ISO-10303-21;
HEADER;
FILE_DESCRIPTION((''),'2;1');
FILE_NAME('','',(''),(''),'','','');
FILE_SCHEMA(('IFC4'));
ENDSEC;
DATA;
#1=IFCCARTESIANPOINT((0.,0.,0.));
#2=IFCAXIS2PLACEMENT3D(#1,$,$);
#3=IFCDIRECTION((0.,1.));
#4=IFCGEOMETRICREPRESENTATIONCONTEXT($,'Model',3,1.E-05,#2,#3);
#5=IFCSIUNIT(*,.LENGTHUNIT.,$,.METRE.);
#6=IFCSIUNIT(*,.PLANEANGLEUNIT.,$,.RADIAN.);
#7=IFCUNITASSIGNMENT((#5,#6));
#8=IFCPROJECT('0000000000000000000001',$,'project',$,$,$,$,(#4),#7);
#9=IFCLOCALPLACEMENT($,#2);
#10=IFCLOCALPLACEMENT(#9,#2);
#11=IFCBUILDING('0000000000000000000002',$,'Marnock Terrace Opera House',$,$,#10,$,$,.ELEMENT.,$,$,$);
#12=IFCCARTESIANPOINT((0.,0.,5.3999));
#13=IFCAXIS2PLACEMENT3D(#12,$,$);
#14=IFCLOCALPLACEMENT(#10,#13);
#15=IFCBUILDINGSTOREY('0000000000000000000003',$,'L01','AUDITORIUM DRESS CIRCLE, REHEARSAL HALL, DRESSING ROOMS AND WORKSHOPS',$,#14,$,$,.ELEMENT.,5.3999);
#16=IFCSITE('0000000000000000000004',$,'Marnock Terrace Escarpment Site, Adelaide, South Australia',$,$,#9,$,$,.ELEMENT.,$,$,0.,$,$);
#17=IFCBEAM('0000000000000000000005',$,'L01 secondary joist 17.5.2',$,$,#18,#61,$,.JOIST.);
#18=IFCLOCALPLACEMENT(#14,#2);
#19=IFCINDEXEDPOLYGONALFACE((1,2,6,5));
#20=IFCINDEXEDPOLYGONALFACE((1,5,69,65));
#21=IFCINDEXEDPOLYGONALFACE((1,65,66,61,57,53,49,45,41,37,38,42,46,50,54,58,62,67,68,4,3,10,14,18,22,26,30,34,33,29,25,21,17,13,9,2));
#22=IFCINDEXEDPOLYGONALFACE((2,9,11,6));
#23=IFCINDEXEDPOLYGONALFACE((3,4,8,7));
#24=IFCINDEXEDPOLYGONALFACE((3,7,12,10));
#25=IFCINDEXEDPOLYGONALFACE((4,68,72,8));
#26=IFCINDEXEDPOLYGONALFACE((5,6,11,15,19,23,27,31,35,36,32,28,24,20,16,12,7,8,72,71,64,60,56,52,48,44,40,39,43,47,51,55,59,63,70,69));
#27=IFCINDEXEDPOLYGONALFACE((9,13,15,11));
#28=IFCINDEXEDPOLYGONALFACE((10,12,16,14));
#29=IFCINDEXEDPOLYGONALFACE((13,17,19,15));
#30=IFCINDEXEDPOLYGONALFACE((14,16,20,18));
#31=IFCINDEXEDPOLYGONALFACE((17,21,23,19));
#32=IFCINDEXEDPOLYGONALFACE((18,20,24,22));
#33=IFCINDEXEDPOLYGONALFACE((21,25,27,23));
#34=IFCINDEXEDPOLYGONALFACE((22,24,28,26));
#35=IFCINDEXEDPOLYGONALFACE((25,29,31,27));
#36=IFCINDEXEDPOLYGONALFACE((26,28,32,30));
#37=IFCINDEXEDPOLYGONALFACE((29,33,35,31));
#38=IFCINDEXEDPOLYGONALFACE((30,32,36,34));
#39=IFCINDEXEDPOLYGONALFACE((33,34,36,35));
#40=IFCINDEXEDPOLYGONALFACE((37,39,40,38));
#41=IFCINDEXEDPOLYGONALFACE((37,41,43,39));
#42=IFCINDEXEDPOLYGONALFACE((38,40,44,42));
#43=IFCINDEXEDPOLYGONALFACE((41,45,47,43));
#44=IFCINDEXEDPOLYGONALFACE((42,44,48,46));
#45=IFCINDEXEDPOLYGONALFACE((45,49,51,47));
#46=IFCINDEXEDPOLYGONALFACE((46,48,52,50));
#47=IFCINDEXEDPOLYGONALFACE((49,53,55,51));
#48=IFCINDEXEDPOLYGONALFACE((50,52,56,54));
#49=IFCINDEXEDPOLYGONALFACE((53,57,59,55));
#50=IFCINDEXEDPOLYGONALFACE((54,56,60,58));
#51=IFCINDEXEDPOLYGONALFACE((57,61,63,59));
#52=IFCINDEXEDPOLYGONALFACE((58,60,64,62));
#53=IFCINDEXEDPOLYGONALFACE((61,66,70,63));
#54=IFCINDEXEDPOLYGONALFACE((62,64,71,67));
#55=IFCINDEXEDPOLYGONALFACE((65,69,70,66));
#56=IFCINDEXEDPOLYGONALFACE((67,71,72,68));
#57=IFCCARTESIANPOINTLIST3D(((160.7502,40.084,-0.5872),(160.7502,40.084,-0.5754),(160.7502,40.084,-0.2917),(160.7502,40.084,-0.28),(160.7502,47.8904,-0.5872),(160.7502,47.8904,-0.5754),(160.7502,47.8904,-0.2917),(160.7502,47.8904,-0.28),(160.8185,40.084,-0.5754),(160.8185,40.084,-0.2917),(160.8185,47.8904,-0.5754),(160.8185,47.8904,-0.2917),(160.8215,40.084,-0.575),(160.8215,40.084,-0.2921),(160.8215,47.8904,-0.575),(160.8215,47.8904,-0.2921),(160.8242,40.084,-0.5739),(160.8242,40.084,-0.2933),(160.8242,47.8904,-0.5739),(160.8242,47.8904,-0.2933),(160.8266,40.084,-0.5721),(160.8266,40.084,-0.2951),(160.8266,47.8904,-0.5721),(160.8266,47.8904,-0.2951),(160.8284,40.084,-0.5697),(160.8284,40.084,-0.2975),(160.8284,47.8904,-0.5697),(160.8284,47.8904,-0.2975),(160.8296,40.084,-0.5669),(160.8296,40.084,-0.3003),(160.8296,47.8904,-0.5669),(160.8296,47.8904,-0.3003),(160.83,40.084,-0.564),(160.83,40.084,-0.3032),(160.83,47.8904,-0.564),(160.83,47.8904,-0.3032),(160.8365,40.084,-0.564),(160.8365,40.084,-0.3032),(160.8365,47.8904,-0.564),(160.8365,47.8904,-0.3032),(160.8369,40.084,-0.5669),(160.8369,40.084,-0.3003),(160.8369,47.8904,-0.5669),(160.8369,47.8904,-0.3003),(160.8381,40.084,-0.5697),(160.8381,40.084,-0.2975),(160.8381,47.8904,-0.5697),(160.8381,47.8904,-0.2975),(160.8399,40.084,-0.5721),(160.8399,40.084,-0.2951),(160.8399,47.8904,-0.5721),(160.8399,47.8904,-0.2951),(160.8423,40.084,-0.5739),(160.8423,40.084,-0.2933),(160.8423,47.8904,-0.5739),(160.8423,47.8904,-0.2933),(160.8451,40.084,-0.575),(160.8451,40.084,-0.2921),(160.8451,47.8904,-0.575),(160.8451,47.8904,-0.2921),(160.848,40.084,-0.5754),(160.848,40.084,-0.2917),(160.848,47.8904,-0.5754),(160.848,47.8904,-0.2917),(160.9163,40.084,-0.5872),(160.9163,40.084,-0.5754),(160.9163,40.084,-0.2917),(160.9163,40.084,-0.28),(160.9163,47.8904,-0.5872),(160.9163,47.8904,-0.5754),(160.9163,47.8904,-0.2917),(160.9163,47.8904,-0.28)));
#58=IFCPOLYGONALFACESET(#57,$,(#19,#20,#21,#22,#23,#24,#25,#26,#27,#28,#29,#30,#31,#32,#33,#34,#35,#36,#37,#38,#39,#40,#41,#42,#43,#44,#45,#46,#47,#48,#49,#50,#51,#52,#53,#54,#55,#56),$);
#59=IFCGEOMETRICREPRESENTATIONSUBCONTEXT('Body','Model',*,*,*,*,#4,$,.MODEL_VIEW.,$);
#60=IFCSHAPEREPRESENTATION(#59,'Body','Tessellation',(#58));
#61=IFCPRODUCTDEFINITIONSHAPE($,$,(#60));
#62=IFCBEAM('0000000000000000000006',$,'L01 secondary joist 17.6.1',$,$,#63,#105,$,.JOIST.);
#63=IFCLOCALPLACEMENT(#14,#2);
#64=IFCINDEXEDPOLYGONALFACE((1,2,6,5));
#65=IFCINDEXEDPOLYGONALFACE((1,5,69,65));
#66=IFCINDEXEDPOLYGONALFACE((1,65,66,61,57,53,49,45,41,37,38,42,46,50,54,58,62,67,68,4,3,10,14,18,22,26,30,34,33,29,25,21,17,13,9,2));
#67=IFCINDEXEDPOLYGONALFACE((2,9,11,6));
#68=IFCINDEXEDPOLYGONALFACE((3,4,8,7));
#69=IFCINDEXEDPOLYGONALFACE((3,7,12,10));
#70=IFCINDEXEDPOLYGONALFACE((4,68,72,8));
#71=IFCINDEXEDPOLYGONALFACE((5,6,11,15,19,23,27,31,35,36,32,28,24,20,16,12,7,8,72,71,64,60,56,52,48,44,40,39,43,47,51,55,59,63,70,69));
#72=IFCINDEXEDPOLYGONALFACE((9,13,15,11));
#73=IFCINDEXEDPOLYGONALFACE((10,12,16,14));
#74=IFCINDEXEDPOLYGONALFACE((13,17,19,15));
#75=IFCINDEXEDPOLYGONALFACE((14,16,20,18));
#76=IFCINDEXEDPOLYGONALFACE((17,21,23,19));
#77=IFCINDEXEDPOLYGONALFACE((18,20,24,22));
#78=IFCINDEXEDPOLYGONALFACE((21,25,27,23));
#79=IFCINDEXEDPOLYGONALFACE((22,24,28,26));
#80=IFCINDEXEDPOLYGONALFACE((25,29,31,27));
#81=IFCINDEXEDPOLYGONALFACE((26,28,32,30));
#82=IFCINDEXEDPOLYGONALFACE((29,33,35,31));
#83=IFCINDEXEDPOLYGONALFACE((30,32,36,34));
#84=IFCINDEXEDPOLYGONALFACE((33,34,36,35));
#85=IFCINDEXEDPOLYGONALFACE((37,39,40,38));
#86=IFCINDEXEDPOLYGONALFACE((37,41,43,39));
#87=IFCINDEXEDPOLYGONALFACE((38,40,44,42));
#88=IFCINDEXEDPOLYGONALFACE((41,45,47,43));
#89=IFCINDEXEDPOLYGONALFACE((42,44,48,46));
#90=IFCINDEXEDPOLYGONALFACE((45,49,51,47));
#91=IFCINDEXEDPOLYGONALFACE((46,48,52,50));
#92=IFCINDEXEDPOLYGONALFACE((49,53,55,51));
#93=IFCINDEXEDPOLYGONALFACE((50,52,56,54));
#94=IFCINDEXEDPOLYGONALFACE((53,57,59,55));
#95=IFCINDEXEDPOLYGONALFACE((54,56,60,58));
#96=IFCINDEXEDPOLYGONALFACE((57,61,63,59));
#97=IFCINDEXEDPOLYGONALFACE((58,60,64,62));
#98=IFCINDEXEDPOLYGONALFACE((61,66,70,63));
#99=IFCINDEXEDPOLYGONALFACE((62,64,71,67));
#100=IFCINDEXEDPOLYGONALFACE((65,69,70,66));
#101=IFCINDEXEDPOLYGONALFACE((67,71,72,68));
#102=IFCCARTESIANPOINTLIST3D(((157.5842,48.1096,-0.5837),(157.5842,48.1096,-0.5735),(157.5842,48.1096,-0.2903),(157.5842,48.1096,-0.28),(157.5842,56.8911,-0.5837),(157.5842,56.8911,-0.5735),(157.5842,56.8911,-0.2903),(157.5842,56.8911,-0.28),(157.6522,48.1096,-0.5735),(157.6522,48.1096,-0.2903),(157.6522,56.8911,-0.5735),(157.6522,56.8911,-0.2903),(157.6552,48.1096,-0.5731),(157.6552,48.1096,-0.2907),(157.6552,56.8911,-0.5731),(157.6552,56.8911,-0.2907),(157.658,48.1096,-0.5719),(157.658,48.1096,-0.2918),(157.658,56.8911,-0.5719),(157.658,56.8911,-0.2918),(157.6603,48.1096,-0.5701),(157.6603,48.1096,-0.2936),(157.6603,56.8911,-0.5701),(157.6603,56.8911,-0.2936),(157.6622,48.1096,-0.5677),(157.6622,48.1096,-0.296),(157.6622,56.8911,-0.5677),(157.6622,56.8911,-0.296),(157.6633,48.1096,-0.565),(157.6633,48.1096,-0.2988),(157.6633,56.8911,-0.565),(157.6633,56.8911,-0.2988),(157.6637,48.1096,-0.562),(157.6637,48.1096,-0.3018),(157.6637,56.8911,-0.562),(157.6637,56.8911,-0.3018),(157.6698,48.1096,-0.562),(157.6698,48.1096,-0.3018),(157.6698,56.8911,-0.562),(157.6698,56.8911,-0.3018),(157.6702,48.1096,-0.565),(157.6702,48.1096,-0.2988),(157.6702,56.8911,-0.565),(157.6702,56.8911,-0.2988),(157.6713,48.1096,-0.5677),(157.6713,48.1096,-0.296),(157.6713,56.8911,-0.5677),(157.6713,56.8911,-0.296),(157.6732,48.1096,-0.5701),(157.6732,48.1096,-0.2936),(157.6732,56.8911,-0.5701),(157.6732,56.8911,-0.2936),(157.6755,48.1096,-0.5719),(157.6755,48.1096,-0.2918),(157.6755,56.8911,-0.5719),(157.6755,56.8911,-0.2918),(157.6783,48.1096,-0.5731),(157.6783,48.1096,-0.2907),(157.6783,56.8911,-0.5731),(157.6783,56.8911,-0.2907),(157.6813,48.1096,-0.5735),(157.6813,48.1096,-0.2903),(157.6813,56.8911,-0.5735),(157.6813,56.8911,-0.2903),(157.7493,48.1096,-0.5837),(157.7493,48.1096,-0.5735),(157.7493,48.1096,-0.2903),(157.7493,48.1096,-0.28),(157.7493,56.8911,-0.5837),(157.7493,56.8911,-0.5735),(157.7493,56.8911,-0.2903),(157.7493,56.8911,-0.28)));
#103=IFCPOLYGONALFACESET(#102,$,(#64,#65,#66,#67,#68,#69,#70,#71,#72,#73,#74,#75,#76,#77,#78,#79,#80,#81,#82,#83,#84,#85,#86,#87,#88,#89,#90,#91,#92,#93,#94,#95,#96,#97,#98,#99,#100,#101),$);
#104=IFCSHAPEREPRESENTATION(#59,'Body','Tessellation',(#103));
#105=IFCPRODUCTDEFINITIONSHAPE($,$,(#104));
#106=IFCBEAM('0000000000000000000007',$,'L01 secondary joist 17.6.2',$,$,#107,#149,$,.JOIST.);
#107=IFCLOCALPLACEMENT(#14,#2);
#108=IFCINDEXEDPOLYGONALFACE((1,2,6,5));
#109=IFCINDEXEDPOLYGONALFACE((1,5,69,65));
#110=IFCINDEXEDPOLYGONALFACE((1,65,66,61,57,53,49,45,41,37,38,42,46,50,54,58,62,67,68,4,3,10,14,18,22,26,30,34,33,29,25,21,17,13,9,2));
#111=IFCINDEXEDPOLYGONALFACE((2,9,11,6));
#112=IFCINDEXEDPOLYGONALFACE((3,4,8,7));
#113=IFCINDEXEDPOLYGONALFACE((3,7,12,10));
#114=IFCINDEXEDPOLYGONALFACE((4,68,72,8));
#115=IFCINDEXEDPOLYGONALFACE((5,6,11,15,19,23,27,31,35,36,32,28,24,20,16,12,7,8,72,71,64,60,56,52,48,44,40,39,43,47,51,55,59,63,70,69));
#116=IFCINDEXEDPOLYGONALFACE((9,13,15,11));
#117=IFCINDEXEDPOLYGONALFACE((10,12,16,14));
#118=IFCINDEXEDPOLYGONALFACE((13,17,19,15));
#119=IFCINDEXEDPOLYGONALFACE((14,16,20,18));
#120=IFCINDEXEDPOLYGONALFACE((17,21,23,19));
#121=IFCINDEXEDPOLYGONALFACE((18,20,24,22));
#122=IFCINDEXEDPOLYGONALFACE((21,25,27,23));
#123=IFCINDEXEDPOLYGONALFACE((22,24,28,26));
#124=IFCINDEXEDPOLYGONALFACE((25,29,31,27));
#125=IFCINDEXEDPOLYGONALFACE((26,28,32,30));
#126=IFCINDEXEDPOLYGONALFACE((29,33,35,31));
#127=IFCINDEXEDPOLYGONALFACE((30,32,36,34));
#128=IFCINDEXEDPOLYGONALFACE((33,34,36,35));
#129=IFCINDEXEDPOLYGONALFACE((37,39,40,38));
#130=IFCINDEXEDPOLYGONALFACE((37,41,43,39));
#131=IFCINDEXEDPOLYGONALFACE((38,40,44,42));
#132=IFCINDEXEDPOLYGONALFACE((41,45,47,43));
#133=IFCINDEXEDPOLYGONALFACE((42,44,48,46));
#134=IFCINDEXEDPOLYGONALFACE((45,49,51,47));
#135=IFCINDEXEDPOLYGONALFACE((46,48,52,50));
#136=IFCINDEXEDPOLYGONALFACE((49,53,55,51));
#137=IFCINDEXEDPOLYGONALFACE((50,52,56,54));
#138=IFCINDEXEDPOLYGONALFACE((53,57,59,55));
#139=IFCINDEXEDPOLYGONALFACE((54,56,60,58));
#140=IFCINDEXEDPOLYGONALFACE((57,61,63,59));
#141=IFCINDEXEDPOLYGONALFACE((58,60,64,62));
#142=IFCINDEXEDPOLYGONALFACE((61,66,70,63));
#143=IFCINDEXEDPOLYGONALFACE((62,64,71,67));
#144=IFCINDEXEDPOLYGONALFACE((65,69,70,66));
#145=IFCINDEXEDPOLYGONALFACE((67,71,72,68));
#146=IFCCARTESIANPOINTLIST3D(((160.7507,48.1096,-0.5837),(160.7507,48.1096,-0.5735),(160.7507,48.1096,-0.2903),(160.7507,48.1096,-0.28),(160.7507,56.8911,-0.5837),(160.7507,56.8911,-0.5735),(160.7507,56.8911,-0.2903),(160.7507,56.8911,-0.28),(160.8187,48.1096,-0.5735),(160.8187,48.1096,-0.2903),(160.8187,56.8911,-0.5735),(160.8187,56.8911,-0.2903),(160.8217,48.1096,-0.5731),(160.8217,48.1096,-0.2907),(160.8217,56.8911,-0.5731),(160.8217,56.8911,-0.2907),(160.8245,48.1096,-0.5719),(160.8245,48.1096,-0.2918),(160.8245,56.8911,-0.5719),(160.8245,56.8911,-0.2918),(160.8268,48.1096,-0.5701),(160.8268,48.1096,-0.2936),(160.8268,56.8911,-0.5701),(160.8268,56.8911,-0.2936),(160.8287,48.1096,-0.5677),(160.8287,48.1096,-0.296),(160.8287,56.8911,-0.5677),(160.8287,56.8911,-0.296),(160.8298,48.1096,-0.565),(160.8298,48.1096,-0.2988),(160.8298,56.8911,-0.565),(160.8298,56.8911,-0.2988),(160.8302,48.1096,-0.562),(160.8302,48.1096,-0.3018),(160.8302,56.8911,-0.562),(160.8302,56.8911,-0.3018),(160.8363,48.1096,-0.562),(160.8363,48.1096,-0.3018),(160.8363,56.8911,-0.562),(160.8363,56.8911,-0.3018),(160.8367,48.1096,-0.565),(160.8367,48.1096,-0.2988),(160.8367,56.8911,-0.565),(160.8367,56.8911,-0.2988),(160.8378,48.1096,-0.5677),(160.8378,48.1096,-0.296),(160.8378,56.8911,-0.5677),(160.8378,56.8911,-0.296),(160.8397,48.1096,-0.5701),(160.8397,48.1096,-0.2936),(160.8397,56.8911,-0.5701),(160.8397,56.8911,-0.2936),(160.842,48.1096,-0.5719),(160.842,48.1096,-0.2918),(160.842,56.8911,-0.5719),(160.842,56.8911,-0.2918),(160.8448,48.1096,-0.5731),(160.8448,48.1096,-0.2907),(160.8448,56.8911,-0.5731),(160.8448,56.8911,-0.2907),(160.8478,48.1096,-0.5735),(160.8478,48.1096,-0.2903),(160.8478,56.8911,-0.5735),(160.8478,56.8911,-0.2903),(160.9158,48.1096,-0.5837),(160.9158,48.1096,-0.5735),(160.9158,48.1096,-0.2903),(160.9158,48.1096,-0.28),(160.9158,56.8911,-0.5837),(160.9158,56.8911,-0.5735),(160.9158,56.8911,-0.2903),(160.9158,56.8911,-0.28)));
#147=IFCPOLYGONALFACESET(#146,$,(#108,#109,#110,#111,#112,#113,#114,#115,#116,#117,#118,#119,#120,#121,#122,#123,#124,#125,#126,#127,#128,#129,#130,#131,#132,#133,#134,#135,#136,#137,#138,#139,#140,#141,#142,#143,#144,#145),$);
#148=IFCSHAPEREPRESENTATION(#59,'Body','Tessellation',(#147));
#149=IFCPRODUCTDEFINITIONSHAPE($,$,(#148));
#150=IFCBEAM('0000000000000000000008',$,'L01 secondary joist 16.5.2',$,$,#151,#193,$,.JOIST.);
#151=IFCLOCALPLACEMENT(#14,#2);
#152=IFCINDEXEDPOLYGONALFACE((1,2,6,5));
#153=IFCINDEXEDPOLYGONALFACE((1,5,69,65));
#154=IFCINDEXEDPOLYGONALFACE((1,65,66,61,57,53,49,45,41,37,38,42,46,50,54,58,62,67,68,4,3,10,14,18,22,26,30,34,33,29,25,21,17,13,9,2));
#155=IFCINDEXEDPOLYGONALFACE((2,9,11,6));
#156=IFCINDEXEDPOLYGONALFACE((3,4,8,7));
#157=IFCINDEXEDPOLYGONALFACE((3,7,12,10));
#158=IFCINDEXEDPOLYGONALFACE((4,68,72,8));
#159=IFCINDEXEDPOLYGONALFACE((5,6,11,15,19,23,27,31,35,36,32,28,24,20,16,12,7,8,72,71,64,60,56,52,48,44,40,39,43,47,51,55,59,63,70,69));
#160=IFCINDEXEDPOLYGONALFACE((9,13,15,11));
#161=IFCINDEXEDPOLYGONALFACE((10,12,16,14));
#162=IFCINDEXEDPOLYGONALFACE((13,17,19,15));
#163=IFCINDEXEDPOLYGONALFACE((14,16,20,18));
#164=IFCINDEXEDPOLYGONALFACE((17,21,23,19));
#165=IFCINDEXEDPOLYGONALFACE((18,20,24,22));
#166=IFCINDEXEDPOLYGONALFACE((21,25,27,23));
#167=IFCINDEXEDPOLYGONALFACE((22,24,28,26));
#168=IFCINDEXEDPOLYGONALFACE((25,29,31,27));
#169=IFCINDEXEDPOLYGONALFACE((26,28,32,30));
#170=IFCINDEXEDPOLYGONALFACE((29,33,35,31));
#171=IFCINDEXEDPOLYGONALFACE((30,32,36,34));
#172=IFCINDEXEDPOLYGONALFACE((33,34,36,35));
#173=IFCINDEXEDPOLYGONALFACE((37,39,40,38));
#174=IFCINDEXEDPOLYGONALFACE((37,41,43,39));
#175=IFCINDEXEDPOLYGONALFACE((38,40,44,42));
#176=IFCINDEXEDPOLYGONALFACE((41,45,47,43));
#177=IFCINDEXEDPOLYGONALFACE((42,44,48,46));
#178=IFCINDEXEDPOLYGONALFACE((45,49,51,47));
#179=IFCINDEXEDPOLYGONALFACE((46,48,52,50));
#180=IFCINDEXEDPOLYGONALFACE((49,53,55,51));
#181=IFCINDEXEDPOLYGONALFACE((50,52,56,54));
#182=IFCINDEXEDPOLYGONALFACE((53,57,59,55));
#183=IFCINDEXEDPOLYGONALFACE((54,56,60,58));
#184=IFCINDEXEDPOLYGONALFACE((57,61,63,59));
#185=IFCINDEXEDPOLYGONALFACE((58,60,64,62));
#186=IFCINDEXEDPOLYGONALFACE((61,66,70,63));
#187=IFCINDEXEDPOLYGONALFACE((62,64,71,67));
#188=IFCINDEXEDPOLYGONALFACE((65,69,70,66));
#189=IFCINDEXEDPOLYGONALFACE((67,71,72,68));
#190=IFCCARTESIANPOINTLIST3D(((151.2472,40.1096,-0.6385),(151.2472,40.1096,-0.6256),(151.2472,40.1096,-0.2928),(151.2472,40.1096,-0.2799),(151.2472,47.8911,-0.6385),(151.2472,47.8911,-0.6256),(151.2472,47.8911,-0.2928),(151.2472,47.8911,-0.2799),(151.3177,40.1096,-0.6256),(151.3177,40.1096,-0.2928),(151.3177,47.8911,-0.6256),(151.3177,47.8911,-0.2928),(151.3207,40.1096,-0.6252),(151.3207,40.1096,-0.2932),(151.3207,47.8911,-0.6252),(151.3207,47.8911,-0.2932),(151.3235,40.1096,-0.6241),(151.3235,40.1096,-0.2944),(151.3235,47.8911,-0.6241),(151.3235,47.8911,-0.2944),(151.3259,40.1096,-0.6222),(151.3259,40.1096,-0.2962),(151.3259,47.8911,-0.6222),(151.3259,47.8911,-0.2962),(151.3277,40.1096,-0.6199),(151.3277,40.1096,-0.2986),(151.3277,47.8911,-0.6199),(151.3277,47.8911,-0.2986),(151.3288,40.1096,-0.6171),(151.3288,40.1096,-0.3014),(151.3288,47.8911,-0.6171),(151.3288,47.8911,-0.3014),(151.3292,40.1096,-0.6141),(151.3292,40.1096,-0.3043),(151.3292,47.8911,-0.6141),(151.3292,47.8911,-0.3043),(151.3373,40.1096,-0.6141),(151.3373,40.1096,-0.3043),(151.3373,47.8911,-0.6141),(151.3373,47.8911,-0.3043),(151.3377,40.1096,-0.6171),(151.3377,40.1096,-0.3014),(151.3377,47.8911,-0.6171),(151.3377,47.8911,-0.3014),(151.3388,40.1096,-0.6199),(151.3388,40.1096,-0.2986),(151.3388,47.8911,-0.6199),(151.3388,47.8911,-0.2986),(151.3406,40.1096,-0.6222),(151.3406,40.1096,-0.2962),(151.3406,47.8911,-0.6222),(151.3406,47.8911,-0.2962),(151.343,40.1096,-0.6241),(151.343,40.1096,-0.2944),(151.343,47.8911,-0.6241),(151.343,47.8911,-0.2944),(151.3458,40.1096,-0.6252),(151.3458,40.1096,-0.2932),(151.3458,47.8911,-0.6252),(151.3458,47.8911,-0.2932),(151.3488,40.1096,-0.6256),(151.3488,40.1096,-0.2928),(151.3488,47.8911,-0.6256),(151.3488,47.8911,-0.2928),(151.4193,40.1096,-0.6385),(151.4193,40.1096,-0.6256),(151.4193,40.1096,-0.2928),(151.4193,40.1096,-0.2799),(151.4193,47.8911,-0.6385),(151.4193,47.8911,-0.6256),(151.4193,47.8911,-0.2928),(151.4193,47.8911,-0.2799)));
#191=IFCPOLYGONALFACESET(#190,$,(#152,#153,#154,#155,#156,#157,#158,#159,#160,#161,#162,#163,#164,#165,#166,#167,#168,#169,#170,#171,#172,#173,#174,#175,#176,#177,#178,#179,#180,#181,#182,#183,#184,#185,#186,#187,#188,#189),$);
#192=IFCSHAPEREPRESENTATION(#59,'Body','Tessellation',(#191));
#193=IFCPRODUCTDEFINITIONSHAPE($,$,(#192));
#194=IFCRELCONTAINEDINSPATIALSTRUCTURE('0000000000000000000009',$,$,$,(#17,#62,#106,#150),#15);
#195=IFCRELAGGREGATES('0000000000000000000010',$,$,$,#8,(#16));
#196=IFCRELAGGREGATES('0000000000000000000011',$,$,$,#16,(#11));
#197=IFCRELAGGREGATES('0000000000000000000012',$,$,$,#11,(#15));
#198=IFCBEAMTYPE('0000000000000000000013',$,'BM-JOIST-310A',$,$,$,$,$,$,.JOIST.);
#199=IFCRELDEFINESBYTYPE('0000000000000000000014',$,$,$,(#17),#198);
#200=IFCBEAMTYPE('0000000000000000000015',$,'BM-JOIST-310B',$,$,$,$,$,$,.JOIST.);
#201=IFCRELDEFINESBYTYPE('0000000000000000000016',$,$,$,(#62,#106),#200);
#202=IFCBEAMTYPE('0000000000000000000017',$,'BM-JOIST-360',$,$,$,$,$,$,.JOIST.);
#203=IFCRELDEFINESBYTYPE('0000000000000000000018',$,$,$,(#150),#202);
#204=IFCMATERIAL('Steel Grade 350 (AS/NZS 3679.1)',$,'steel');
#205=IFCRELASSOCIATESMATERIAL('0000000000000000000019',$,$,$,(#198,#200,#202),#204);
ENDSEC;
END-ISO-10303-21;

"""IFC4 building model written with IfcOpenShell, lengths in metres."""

from ifc_helpers import new_model, si_unit, direction, frame, origin, origin_2d, place, context, subcontext, project, spatial, i_section, extrude, material, material_profile, profile_set, type_object, element, save


model = new_model("IFC4")

# Units and contexts
model_context = context("Model", 3, precision=1e-05, world=origin(), true_north=direction((0.0, 1.0)))
body_context = subcontext(model_context, "Body", "Model", "MODEL_VIEW")
ifc_project = project(units=[si_unit("LENGTHUNIT", "METRE"), si_unit("PLANEANGLEUNIT", "RADIAN")], contexts=[model_context])

# Site, building, storey
site_placement = place(None, origin())
site = spatial("IfcSite", under=ifc_project, at=site_placement, Name="Marnock Terrace Escarpment Site, Adelaide, South Australia", CompositionType="ELEMENT", RefElevation=0.0)
building_placement = place(site_placement, origin())
building = spatial("IfcBuilding", under=site, at=building_placement, Name="Marnock Terrace Opera House", CompositionType="ELEMENT")
storey_placement = place(building_placement, frame((0.0, 0.0, 5.3999)))
storey = spatial("IfcBuildingStorey", under=building, at=storey_placement, Name="L01", Description="AUDITORIUM DRESS CIRCLE, REHEARSAL HALL, DRESSING ROOMS AND WORKSHOPS", CompositionType="ELEMENT", Elevation=5.3999)

# Beams
ifc_material_1 = material(Name="Steel Grade 350 (AS/NZS 3679.1)", Category="steel")
ifc_material_profile_1 = material_profile(ifc_material_1, i_section(OverallWidth=0.166, OverallDepth=0.3071, WebThickness=0.0066, FlangeThickness=0.0117, FilletRadius=0.0115, at=origin_2d()))
ifc_profile_set_1 = profile_set([ifc_material_profile_1], Name="Steel Grade 350 (AS/NZS 3679.1)")
beam_type_1 = type_object("IfcBeamType", Name="BM-JOIST-310A", PredefinedType="JOIST", material=ifc_profile_set_1)
for number, where, z_axis, x_axis, name in (
    (1, (160.8333, 40.084, -0.4336), (0.0, 1.0, 0.0), (-1.0, 0.0, 0.0), "L01 secondary joist 17.5.2"),
):
    element("IfcBeam", number, at=place(storey_placement, frame(where, z_axis=z_axis, x_axis=x_axis)), inside=storey, type_object=beam_type_1, Name=name, PredefinedType="JOIST", context=body_context, shape_type="SweptSolid", body=[
        extrude(i_section(OverallWidth=0.166, OverallDepth=0.3071, WebThickness=0.0066, FlangeThickness=0.0117, FilletRadius=0.0115, at=origin_2d()), origin(), (0.0, 0.0, 1.0), 7.8064),
    ])
ifc_material_profile_2 = material_profile(ifc_material_1, i_section(OverallWidth=0.165, OverallDepth=0.3037, WebThickness=0.0061, FlangeThickness=0.0103, FilletRadius=0.0115, at=origin_2d()))
ifc_profile_set_2 = profile_set([ifc_material_profile_2], Name="Steel Grade 350 (AS/NZS 3679.1)")
beam_type_2 = type_object("IfcBeamType", Name="BM-JOIST-310B", PredefinedType="JOIST", material=ifc_profile_set_2)
for number, where, z_axis, x_axis, name in (
    (2, (157.6667, 48.1096, -0.4319), (0.0, 1.0, 0.0), (-1.0, 0.0, 0.0), "L01 secondary joist 17.6.1"),
    (3, (160.8333, 48.1096, -0.4319), (0.0, 1.0, 0.0), (-1.0, 0.0, 0.0), "L01 secondary joist 17.6.2"),
):
    element("IfcBeam", number, at=place(storey_placement, frame(where, z_axis=z_axis, x_axis=x_axis)), inside=storey, type_object=beam_type_2, Name=name, PredefinedType="JOIST", context=body_context, shape_type="SweptSolid", body=[
        extrude(i_section(OverallWidth=0.165, OverallDepth=0.3037, WebThickness=0.0061, FlangeThickness=0.0103, FilletRadius=0.0115, at=origin_2d()), origin(), (0.0, 0.0, 1.0), 8.7815),
    ])
ifc_material_profile_3 = material_profile(ifc_material_1, i_section(OverallWidth=0.1721, OverallDepth=0.3586, WebThickness=0.0081, FlangeThickness=0.0129, FilletRadius=0.0115, at=origin_2d()))
ifc_profile_set_3 = profile_set([ifc_material_profile_3], Name="Steel Grade 350 (AS/NZS 3679.1)")
beam_type_3 = type_object("IfcBeamType", Name="BM-JOIST-360", PredefinedType="JOIST", material=ifc_profile_set_3)
beam_1_placement = place(storey_placement, frame((151.3333, 40.1096, -0.4592), z_axis=(0.0, 1.0, 0.0), x_axis=(-1.0, 0.0, 0.0)))
element("IfcBeam", 4, at=beam_1_placement, inside=storey, type_object=beam_type_3, Name="L01 secondary joist 16.5.2", PredefinedType="JOIST", context=body_context, shape_type="SweptSolid", body=[
    extrude(i_section(OverallWidth=0.1721, OverallDepth=0.3586, WebThickness=0.0081, FlangeThickness=0.0129, FilletRadius=0.0115, at=origin_2d()), origin(), (0.0, 0.0, 1.0), 7.7815),
])

save(model, "model.ifc")
